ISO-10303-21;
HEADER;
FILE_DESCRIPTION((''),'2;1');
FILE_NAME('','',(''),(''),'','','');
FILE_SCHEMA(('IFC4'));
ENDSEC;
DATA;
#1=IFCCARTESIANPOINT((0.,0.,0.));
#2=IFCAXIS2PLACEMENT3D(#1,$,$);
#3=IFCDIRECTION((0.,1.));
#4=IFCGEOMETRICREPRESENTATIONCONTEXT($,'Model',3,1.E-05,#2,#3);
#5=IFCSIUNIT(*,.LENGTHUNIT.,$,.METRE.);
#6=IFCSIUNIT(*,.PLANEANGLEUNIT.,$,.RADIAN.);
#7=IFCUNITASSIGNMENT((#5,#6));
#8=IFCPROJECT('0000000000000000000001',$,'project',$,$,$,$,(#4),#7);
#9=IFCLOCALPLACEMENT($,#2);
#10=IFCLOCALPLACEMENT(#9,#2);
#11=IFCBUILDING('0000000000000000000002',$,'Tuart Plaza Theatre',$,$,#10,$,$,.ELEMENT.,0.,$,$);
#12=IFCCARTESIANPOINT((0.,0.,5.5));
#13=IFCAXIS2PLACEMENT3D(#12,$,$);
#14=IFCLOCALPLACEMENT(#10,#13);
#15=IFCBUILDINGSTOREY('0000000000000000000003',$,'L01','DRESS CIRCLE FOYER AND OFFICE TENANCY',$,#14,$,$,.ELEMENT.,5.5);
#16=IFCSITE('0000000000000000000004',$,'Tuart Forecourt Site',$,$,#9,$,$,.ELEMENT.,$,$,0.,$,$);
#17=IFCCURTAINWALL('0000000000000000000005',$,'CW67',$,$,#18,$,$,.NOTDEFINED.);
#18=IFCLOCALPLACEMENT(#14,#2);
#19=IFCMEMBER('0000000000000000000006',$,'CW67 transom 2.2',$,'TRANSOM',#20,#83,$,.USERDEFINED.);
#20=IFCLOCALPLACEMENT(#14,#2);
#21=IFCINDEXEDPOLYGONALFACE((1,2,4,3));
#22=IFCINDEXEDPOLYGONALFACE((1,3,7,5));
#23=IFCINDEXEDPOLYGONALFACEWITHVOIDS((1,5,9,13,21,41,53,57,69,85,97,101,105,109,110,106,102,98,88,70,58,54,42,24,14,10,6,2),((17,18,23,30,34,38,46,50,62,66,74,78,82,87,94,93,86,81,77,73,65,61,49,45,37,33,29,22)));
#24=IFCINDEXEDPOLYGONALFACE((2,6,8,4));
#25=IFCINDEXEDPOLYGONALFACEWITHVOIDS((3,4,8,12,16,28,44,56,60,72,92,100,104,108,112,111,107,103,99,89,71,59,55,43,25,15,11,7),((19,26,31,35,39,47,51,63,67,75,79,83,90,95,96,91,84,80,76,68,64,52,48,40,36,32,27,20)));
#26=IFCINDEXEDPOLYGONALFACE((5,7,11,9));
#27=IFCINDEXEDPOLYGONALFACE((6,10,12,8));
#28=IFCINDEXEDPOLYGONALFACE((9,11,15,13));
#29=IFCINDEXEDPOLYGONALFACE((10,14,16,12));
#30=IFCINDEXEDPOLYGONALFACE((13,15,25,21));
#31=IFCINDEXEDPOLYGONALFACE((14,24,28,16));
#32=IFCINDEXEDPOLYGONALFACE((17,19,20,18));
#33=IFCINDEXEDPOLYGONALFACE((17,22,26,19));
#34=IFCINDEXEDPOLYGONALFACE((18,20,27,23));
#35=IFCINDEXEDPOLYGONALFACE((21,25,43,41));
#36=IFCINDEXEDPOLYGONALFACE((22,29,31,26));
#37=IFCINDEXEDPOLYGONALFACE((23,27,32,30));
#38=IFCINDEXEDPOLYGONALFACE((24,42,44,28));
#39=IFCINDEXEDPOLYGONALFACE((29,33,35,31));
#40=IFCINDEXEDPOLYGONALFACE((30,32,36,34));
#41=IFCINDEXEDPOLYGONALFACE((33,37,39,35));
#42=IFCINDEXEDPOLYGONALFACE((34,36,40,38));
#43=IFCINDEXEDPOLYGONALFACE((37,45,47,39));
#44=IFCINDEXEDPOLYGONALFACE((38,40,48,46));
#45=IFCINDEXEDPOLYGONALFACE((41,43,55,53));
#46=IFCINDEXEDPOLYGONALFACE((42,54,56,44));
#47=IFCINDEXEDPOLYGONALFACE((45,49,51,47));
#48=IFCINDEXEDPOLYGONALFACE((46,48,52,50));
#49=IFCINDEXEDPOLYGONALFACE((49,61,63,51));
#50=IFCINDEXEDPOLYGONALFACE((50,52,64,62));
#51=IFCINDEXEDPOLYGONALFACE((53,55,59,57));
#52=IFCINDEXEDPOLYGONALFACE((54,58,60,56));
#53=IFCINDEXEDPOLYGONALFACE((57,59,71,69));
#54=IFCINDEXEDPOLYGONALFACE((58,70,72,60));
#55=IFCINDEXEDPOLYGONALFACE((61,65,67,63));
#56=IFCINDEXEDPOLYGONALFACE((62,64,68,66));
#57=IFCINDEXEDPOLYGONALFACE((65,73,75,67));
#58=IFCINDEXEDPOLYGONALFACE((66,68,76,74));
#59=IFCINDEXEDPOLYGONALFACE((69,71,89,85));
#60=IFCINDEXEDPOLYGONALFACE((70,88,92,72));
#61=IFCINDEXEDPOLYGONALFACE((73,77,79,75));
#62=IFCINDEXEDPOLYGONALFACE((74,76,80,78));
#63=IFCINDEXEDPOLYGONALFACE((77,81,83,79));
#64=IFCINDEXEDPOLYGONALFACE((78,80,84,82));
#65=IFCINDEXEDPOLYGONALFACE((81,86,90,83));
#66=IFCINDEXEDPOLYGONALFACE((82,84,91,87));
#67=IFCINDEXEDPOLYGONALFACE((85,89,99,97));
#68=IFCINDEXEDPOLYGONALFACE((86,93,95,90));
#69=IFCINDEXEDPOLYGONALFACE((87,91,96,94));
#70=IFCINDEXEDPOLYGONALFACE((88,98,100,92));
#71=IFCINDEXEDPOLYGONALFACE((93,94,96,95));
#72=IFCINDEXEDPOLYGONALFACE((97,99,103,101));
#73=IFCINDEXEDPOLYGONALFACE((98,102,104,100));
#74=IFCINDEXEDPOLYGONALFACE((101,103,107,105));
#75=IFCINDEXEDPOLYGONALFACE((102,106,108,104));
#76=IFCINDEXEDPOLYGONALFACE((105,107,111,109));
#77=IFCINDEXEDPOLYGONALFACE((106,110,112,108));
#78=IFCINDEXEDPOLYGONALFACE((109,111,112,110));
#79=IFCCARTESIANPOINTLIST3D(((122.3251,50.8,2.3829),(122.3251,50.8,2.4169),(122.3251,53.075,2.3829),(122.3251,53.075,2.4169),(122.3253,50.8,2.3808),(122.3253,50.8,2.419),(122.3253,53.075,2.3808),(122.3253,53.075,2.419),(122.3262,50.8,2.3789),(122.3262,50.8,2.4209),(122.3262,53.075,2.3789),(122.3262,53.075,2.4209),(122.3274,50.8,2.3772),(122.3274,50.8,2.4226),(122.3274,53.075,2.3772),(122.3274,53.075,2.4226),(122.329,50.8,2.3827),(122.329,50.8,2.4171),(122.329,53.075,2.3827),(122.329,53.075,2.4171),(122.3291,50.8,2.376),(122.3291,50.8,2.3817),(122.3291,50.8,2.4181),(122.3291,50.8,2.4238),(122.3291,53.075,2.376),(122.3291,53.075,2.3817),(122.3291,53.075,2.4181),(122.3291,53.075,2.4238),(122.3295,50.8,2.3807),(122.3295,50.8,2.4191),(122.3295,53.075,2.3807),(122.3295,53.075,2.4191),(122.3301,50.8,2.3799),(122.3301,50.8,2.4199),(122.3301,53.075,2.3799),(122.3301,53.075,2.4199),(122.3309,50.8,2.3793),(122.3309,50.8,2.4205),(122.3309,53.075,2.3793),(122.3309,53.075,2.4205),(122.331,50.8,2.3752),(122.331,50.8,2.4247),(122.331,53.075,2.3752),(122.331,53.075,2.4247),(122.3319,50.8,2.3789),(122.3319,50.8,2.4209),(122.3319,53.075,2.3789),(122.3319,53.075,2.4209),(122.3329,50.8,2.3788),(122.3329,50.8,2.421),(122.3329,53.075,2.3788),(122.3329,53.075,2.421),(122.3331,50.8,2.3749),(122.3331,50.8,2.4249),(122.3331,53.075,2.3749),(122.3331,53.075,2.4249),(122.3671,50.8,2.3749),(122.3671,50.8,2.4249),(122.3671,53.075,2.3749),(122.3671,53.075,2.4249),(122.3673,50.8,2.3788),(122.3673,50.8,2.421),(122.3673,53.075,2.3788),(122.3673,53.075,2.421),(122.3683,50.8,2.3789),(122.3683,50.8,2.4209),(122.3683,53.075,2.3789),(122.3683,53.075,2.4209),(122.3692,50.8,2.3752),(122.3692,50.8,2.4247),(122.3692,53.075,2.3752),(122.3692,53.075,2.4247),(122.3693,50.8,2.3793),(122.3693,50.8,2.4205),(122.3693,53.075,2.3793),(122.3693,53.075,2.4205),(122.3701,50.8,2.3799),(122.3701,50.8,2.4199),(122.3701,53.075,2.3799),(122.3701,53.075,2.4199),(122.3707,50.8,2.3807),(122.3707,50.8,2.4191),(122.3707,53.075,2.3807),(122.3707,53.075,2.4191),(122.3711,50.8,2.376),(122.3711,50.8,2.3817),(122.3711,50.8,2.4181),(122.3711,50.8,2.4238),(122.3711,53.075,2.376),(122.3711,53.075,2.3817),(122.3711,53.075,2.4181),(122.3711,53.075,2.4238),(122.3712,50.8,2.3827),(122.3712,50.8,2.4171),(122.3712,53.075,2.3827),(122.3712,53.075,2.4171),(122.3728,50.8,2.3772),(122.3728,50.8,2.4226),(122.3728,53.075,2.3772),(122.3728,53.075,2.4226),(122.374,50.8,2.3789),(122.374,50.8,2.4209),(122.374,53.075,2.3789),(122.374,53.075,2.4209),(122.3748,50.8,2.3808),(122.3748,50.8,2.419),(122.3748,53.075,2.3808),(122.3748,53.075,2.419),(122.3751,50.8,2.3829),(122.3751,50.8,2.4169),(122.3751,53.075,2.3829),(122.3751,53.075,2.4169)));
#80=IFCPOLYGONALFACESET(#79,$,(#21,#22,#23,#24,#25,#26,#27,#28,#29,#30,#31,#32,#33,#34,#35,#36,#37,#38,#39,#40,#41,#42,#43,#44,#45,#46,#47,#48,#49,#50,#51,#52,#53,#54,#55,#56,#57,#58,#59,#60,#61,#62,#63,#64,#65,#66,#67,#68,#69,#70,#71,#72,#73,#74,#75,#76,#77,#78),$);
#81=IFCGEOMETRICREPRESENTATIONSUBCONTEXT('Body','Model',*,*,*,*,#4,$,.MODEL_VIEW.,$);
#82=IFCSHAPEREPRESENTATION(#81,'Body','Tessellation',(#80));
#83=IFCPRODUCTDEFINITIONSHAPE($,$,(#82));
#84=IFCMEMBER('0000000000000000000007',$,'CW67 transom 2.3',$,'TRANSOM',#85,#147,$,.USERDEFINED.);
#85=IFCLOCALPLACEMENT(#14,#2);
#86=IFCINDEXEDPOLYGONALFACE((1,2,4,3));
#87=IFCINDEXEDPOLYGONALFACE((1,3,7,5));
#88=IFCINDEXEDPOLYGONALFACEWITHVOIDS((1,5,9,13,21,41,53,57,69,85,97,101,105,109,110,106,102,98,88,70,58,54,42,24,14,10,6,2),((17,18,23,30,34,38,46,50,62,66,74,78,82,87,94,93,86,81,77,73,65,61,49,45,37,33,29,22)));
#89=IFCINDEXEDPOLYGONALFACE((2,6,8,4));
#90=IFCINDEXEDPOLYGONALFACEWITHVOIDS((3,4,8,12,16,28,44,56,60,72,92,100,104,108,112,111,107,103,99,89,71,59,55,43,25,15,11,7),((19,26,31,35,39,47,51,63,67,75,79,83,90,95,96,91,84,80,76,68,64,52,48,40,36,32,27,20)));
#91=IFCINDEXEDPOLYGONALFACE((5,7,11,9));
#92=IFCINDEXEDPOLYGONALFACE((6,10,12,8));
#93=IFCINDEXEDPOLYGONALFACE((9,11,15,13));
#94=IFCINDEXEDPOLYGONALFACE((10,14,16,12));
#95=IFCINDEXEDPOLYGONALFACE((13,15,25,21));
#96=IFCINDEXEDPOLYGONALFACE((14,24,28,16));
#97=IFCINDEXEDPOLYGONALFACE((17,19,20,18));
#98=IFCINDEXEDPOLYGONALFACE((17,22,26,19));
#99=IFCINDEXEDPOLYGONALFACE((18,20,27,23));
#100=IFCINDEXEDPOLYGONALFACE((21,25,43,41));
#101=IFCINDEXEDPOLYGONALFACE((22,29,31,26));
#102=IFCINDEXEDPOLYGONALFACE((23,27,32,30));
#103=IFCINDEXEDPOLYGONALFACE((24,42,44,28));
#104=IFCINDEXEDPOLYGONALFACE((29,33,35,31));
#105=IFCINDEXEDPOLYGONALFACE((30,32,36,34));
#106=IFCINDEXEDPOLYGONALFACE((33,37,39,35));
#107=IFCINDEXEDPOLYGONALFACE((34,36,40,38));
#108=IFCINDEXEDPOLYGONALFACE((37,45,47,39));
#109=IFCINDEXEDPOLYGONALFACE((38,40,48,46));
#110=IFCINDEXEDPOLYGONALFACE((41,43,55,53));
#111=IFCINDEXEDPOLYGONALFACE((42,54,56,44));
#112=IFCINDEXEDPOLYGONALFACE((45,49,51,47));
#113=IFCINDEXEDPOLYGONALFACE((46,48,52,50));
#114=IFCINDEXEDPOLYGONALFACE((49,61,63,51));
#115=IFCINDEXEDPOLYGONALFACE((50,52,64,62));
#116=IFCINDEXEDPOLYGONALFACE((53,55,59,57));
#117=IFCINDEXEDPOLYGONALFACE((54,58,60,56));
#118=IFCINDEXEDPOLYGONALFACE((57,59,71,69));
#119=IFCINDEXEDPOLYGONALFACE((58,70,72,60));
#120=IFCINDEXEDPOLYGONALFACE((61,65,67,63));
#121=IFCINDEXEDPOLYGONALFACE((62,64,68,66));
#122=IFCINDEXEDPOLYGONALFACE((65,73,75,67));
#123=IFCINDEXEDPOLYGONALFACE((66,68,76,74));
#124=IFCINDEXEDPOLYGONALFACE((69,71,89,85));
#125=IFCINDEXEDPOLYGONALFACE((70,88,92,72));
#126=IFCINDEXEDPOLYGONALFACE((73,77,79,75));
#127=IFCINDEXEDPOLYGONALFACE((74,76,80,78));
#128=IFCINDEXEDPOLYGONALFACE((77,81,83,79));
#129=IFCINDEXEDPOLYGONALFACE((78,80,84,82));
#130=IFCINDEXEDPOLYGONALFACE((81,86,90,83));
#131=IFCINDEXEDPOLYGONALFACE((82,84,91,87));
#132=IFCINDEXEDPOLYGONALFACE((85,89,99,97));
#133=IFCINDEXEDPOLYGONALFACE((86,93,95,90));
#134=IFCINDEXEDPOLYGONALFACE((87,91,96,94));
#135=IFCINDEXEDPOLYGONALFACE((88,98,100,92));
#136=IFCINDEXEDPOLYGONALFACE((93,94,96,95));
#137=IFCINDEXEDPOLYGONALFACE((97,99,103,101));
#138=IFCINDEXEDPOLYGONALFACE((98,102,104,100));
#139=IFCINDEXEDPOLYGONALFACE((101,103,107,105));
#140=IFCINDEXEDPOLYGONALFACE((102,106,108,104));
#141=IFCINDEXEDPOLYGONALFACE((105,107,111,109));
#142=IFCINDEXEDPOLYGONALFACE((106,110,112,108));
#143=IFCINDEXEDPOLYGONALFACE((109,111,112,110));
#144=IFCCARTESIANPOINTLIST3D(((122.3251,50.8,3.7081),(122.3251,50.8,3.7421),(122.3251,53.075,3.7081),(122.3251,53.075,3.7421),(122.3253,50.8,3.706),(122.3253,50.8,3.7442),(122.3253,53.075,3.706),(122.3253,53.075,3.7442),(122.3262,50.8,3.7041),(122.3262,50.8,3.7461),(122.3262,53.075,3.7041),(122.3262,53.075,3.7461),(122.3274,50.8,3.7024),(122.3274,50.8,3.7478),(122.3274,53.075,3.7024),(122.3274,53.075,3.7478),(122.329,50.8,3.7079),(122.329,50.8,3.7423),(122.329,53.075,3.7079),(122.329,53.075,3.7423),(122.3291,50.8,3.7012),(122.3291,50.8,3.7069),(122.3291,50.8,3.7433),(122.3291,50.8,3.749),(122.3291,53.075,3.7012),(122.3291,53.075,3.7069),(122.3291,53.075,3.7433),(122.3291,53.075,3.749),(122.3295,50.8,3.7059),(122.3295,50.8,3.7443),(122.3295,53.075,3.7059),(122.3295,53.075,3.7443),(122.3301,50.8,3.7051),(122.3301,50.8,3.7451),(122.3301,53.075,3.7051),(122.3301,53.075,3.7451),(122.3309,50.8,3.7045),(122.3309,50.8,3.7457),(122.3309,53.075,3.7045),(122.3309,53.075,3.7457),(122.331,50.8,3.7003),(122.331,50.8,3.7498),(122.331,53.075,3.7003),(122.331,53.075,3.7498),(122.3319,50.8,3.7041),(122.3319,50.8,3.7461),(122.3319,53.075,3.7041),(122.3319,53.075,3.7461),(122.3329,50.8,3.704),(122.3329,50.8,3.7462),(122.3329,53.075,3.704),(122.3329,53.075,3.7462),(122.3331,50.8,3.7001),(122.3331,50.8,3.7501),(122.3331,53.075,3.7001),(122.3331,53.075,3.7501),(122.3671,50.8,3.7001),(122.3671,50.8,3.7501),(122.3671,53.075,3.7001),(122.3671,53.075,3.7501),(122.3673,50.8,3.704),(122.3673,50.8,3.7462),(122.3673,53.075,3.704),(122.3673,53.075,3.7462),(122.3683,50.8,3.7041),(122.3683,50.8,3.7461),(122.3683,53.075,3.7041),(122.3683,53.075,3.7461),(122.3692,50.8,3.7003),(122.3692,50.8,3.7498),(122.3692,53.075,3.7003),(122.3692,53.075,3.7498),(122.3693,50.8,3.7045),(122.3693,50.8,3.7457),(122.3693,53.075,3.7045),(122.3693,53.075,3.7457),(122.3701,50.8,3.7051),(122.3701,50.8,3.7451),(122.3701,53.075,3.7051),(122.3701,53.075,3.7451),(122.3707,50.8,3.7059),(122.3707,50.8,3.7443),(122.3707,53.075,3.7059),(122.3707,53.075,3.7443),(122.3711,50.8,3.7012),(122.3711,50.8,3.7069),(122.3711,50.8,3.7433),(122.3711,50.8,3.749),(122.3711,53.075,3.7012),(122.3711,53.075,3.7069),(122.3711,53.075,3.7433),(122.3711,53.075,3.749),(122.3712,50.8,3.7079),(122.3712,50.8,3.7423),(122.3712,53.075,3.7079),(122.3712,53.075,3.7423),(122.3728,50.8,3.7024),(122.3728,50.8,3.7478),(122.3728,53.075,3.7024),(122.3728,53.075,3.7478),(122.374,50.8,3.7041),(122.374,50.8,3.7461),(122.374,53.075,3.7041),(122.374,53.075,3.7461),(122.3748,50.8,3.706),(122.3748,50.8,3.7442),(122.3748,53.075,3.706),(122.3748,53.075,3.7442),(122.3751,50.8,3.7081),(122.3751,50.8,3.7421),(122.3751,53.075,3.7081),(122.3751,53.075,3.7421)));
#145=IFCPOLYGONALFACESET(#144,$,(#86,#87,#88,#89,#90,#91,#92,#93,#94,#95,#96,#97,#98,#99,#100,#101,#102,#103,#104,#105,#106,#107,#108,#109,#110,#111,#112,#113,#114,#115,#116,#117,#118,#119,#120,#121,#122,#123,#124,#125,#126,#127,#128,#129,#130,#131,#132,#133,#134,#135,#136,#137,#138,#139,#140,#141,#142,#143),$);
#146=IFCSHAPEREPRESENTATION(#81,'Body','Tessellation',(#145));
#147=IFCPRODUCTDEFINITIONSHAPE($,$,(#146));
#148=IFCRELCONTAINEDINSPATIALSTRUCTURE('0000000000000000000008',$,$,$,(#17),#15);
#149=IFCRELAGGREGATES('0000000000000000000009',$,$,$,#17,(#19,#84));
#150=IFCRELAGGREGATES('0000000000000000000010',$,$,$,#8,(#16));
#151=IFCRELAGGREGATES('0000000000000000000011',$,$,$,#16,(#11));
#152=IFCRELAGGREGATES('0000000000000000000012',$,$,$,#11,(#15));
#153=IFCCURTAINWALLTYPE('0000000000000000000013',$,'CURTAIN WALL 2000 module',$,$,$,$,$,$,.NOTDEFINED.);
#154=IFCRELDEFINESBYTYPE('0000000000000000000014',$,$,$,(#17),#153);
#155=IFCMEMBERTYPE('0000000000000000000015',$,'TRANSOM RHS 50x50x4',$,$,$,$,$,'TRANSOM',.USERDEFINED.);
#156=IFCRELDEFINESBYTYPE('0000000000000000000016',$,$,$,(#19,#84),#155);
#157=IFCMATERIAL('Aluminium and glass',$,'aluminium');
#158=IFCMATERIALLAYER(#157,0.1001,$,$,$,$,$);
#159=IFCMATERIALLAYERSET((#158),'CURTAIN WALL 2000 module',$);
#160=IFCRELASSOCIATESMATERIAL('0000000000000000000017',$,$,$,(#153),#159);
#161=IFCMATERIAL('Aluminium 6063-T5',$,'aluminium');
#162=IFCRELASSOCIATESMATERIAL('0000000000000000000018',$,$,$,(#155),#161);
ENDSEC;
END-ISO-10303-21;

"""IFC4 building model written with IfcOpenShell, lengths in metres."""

from ifc_helpers import new_model, si_unit, direction, frame, origin, origin_2d, place, context, subcontext, project, spatial, hollow_rectangle, extrude, material, layer, layer_set, material_profile, profile_set, type_object, element, aggregate, save


model = new_model("IFC4")

# Units and contexts
model_context = context("Model", 3, precision=1e-05, world=origin(), true_north=direction((0.0, 1.0)))
body_context = subcontext(model_context, "Body", "Model", "MODEL_VIEW")
ifc_project = project(units=[si_unit("LENGTHUNIT", "METRE"), si_unit("PLANEANGLEUNIT", "RADIAN")], contexts=[model_context])

# Site, building, storey
site_placement = place(None, origin())
site = spatial("IfcSite", under=ifc_project, at=site_placement, Name="Tuart Forecourt Site", CompositionType="ELEMENT", RefElevation=0.0)
building_placement = place(site_placement, origin())
building = spatial("IfcBuilding", under=site, at=building_placement, Name="Tuart Plaza Theatre", CompositionType="ELEMENT", ElevationOfRefHeight=0.0)
storey_placement = place(building_placement, frame((0.0, 0.0, 5.5)))
storey = spatial("IfcBuildingStorey", under=building, at=storey_placement, Name="L01", Description="DRESS CIRCLE FOYER AND OFFICE TENANCY", CompositionType="ELEMENT", Elevation=5.5)

# Curtain wall
ifc_material_1 = material(Name="Aluminium and glass", Category="aluminium")
ifc_layer_1 = layer(ifc_material_1, 0.1001)
ifc_layer_set_1 = layer_set([ifc_layer_1], Name="CURTAIN WALL 2000 module")
curtain_wall_type_1 = type_object("IfcCurtainWallType", Name="CURTAIN WALL 2000 module", PredefinedType="NOTDEFINED", material=ifc_layer_set_1)
curtain_wall_1_placement = place(storey_placement, origin())
curtain_wall_1 = element("IfcCurtainWall", 1, at=curtain_wall_1_placement, inside=storey, type_object=curtain_wall_type_1, Name="CW67", PredefinedType="NOTDEFINED")

# Members
ifc_material_2 = material(Name="Aluminium 6063-T5", Category="aluminium")
ifc_material_profile_1 = material_profile(ifc_material_2, hollow_rectangle(XDim=0.05, YDim=0.05, WallThickness=0.0039, InnerFilletRadius=0.0039, OuterFilletRadius=0.0081, at=origin_2d()), Name="RHS 50x50x4")
ifc_profile_set_1 = profile_set([ifc_material_profile_1], Name="Aluminium 6063-T5")
member_type_1 = type_object("IfcMemberType", Name="TRANSOM RHS 50x50x4", ElementType="TRANSOM", PredefinedType="USERDEFINED", material=ifc_profile_set_1)
member_1_placement = place(storey_placement, frame((122.3501, 53.075, 2.3999), z_axis=(0.0, -1.0, 0.0), x_axis=(1.0, 0.0, 0.0)))
member_1 = element("IfcMember", 2, at=member_1_placement, type_object=member_type_1, Name="CW67 transom 2.2", ObjectType="TRANSOM", PredefinedType="USERDEFINED", context=body_context, shape_type="SweptSolid", body=[
    extrude(hollow_rectangle(XDim=0.05, YDim=0.05, WallThickness=0.0039, InnerFilletRadius=0.0039, OuterFilletRadius=0.0081, at=origin_2d()), origin(), (0.0, 0.0, 1.0), 2.2749),
])
member_2_placement = place(storey_placement, frame((122.3501, 53.075, 3.7251), z_axis=(0.0, -1.0, 0.0), x_axis=(1.0, 0.0, 0.0)))
member_2 = element("IfcMember", 3, at=member_2_placement, type_object=member_type_1, Name="CW67 transom 2.3", ObjectType="TRANSOM", PredefinedType="USERDEFINED", context=body_context, shape_type="SweptSolid", body=[
    extrude(hollow_rectangle(XDim=0.05, YDim=0.05, WallThickness=0.0039, InnerFilletRadius=0.0039, OuterFilletRadius=0.0081, at=origin_2d()), origin(), (0.0, 0.0, 1.0), 2.2749),
])

aggregate(curtain_wall_1, [member_1, member_2])

save(model, "model.ifc")
